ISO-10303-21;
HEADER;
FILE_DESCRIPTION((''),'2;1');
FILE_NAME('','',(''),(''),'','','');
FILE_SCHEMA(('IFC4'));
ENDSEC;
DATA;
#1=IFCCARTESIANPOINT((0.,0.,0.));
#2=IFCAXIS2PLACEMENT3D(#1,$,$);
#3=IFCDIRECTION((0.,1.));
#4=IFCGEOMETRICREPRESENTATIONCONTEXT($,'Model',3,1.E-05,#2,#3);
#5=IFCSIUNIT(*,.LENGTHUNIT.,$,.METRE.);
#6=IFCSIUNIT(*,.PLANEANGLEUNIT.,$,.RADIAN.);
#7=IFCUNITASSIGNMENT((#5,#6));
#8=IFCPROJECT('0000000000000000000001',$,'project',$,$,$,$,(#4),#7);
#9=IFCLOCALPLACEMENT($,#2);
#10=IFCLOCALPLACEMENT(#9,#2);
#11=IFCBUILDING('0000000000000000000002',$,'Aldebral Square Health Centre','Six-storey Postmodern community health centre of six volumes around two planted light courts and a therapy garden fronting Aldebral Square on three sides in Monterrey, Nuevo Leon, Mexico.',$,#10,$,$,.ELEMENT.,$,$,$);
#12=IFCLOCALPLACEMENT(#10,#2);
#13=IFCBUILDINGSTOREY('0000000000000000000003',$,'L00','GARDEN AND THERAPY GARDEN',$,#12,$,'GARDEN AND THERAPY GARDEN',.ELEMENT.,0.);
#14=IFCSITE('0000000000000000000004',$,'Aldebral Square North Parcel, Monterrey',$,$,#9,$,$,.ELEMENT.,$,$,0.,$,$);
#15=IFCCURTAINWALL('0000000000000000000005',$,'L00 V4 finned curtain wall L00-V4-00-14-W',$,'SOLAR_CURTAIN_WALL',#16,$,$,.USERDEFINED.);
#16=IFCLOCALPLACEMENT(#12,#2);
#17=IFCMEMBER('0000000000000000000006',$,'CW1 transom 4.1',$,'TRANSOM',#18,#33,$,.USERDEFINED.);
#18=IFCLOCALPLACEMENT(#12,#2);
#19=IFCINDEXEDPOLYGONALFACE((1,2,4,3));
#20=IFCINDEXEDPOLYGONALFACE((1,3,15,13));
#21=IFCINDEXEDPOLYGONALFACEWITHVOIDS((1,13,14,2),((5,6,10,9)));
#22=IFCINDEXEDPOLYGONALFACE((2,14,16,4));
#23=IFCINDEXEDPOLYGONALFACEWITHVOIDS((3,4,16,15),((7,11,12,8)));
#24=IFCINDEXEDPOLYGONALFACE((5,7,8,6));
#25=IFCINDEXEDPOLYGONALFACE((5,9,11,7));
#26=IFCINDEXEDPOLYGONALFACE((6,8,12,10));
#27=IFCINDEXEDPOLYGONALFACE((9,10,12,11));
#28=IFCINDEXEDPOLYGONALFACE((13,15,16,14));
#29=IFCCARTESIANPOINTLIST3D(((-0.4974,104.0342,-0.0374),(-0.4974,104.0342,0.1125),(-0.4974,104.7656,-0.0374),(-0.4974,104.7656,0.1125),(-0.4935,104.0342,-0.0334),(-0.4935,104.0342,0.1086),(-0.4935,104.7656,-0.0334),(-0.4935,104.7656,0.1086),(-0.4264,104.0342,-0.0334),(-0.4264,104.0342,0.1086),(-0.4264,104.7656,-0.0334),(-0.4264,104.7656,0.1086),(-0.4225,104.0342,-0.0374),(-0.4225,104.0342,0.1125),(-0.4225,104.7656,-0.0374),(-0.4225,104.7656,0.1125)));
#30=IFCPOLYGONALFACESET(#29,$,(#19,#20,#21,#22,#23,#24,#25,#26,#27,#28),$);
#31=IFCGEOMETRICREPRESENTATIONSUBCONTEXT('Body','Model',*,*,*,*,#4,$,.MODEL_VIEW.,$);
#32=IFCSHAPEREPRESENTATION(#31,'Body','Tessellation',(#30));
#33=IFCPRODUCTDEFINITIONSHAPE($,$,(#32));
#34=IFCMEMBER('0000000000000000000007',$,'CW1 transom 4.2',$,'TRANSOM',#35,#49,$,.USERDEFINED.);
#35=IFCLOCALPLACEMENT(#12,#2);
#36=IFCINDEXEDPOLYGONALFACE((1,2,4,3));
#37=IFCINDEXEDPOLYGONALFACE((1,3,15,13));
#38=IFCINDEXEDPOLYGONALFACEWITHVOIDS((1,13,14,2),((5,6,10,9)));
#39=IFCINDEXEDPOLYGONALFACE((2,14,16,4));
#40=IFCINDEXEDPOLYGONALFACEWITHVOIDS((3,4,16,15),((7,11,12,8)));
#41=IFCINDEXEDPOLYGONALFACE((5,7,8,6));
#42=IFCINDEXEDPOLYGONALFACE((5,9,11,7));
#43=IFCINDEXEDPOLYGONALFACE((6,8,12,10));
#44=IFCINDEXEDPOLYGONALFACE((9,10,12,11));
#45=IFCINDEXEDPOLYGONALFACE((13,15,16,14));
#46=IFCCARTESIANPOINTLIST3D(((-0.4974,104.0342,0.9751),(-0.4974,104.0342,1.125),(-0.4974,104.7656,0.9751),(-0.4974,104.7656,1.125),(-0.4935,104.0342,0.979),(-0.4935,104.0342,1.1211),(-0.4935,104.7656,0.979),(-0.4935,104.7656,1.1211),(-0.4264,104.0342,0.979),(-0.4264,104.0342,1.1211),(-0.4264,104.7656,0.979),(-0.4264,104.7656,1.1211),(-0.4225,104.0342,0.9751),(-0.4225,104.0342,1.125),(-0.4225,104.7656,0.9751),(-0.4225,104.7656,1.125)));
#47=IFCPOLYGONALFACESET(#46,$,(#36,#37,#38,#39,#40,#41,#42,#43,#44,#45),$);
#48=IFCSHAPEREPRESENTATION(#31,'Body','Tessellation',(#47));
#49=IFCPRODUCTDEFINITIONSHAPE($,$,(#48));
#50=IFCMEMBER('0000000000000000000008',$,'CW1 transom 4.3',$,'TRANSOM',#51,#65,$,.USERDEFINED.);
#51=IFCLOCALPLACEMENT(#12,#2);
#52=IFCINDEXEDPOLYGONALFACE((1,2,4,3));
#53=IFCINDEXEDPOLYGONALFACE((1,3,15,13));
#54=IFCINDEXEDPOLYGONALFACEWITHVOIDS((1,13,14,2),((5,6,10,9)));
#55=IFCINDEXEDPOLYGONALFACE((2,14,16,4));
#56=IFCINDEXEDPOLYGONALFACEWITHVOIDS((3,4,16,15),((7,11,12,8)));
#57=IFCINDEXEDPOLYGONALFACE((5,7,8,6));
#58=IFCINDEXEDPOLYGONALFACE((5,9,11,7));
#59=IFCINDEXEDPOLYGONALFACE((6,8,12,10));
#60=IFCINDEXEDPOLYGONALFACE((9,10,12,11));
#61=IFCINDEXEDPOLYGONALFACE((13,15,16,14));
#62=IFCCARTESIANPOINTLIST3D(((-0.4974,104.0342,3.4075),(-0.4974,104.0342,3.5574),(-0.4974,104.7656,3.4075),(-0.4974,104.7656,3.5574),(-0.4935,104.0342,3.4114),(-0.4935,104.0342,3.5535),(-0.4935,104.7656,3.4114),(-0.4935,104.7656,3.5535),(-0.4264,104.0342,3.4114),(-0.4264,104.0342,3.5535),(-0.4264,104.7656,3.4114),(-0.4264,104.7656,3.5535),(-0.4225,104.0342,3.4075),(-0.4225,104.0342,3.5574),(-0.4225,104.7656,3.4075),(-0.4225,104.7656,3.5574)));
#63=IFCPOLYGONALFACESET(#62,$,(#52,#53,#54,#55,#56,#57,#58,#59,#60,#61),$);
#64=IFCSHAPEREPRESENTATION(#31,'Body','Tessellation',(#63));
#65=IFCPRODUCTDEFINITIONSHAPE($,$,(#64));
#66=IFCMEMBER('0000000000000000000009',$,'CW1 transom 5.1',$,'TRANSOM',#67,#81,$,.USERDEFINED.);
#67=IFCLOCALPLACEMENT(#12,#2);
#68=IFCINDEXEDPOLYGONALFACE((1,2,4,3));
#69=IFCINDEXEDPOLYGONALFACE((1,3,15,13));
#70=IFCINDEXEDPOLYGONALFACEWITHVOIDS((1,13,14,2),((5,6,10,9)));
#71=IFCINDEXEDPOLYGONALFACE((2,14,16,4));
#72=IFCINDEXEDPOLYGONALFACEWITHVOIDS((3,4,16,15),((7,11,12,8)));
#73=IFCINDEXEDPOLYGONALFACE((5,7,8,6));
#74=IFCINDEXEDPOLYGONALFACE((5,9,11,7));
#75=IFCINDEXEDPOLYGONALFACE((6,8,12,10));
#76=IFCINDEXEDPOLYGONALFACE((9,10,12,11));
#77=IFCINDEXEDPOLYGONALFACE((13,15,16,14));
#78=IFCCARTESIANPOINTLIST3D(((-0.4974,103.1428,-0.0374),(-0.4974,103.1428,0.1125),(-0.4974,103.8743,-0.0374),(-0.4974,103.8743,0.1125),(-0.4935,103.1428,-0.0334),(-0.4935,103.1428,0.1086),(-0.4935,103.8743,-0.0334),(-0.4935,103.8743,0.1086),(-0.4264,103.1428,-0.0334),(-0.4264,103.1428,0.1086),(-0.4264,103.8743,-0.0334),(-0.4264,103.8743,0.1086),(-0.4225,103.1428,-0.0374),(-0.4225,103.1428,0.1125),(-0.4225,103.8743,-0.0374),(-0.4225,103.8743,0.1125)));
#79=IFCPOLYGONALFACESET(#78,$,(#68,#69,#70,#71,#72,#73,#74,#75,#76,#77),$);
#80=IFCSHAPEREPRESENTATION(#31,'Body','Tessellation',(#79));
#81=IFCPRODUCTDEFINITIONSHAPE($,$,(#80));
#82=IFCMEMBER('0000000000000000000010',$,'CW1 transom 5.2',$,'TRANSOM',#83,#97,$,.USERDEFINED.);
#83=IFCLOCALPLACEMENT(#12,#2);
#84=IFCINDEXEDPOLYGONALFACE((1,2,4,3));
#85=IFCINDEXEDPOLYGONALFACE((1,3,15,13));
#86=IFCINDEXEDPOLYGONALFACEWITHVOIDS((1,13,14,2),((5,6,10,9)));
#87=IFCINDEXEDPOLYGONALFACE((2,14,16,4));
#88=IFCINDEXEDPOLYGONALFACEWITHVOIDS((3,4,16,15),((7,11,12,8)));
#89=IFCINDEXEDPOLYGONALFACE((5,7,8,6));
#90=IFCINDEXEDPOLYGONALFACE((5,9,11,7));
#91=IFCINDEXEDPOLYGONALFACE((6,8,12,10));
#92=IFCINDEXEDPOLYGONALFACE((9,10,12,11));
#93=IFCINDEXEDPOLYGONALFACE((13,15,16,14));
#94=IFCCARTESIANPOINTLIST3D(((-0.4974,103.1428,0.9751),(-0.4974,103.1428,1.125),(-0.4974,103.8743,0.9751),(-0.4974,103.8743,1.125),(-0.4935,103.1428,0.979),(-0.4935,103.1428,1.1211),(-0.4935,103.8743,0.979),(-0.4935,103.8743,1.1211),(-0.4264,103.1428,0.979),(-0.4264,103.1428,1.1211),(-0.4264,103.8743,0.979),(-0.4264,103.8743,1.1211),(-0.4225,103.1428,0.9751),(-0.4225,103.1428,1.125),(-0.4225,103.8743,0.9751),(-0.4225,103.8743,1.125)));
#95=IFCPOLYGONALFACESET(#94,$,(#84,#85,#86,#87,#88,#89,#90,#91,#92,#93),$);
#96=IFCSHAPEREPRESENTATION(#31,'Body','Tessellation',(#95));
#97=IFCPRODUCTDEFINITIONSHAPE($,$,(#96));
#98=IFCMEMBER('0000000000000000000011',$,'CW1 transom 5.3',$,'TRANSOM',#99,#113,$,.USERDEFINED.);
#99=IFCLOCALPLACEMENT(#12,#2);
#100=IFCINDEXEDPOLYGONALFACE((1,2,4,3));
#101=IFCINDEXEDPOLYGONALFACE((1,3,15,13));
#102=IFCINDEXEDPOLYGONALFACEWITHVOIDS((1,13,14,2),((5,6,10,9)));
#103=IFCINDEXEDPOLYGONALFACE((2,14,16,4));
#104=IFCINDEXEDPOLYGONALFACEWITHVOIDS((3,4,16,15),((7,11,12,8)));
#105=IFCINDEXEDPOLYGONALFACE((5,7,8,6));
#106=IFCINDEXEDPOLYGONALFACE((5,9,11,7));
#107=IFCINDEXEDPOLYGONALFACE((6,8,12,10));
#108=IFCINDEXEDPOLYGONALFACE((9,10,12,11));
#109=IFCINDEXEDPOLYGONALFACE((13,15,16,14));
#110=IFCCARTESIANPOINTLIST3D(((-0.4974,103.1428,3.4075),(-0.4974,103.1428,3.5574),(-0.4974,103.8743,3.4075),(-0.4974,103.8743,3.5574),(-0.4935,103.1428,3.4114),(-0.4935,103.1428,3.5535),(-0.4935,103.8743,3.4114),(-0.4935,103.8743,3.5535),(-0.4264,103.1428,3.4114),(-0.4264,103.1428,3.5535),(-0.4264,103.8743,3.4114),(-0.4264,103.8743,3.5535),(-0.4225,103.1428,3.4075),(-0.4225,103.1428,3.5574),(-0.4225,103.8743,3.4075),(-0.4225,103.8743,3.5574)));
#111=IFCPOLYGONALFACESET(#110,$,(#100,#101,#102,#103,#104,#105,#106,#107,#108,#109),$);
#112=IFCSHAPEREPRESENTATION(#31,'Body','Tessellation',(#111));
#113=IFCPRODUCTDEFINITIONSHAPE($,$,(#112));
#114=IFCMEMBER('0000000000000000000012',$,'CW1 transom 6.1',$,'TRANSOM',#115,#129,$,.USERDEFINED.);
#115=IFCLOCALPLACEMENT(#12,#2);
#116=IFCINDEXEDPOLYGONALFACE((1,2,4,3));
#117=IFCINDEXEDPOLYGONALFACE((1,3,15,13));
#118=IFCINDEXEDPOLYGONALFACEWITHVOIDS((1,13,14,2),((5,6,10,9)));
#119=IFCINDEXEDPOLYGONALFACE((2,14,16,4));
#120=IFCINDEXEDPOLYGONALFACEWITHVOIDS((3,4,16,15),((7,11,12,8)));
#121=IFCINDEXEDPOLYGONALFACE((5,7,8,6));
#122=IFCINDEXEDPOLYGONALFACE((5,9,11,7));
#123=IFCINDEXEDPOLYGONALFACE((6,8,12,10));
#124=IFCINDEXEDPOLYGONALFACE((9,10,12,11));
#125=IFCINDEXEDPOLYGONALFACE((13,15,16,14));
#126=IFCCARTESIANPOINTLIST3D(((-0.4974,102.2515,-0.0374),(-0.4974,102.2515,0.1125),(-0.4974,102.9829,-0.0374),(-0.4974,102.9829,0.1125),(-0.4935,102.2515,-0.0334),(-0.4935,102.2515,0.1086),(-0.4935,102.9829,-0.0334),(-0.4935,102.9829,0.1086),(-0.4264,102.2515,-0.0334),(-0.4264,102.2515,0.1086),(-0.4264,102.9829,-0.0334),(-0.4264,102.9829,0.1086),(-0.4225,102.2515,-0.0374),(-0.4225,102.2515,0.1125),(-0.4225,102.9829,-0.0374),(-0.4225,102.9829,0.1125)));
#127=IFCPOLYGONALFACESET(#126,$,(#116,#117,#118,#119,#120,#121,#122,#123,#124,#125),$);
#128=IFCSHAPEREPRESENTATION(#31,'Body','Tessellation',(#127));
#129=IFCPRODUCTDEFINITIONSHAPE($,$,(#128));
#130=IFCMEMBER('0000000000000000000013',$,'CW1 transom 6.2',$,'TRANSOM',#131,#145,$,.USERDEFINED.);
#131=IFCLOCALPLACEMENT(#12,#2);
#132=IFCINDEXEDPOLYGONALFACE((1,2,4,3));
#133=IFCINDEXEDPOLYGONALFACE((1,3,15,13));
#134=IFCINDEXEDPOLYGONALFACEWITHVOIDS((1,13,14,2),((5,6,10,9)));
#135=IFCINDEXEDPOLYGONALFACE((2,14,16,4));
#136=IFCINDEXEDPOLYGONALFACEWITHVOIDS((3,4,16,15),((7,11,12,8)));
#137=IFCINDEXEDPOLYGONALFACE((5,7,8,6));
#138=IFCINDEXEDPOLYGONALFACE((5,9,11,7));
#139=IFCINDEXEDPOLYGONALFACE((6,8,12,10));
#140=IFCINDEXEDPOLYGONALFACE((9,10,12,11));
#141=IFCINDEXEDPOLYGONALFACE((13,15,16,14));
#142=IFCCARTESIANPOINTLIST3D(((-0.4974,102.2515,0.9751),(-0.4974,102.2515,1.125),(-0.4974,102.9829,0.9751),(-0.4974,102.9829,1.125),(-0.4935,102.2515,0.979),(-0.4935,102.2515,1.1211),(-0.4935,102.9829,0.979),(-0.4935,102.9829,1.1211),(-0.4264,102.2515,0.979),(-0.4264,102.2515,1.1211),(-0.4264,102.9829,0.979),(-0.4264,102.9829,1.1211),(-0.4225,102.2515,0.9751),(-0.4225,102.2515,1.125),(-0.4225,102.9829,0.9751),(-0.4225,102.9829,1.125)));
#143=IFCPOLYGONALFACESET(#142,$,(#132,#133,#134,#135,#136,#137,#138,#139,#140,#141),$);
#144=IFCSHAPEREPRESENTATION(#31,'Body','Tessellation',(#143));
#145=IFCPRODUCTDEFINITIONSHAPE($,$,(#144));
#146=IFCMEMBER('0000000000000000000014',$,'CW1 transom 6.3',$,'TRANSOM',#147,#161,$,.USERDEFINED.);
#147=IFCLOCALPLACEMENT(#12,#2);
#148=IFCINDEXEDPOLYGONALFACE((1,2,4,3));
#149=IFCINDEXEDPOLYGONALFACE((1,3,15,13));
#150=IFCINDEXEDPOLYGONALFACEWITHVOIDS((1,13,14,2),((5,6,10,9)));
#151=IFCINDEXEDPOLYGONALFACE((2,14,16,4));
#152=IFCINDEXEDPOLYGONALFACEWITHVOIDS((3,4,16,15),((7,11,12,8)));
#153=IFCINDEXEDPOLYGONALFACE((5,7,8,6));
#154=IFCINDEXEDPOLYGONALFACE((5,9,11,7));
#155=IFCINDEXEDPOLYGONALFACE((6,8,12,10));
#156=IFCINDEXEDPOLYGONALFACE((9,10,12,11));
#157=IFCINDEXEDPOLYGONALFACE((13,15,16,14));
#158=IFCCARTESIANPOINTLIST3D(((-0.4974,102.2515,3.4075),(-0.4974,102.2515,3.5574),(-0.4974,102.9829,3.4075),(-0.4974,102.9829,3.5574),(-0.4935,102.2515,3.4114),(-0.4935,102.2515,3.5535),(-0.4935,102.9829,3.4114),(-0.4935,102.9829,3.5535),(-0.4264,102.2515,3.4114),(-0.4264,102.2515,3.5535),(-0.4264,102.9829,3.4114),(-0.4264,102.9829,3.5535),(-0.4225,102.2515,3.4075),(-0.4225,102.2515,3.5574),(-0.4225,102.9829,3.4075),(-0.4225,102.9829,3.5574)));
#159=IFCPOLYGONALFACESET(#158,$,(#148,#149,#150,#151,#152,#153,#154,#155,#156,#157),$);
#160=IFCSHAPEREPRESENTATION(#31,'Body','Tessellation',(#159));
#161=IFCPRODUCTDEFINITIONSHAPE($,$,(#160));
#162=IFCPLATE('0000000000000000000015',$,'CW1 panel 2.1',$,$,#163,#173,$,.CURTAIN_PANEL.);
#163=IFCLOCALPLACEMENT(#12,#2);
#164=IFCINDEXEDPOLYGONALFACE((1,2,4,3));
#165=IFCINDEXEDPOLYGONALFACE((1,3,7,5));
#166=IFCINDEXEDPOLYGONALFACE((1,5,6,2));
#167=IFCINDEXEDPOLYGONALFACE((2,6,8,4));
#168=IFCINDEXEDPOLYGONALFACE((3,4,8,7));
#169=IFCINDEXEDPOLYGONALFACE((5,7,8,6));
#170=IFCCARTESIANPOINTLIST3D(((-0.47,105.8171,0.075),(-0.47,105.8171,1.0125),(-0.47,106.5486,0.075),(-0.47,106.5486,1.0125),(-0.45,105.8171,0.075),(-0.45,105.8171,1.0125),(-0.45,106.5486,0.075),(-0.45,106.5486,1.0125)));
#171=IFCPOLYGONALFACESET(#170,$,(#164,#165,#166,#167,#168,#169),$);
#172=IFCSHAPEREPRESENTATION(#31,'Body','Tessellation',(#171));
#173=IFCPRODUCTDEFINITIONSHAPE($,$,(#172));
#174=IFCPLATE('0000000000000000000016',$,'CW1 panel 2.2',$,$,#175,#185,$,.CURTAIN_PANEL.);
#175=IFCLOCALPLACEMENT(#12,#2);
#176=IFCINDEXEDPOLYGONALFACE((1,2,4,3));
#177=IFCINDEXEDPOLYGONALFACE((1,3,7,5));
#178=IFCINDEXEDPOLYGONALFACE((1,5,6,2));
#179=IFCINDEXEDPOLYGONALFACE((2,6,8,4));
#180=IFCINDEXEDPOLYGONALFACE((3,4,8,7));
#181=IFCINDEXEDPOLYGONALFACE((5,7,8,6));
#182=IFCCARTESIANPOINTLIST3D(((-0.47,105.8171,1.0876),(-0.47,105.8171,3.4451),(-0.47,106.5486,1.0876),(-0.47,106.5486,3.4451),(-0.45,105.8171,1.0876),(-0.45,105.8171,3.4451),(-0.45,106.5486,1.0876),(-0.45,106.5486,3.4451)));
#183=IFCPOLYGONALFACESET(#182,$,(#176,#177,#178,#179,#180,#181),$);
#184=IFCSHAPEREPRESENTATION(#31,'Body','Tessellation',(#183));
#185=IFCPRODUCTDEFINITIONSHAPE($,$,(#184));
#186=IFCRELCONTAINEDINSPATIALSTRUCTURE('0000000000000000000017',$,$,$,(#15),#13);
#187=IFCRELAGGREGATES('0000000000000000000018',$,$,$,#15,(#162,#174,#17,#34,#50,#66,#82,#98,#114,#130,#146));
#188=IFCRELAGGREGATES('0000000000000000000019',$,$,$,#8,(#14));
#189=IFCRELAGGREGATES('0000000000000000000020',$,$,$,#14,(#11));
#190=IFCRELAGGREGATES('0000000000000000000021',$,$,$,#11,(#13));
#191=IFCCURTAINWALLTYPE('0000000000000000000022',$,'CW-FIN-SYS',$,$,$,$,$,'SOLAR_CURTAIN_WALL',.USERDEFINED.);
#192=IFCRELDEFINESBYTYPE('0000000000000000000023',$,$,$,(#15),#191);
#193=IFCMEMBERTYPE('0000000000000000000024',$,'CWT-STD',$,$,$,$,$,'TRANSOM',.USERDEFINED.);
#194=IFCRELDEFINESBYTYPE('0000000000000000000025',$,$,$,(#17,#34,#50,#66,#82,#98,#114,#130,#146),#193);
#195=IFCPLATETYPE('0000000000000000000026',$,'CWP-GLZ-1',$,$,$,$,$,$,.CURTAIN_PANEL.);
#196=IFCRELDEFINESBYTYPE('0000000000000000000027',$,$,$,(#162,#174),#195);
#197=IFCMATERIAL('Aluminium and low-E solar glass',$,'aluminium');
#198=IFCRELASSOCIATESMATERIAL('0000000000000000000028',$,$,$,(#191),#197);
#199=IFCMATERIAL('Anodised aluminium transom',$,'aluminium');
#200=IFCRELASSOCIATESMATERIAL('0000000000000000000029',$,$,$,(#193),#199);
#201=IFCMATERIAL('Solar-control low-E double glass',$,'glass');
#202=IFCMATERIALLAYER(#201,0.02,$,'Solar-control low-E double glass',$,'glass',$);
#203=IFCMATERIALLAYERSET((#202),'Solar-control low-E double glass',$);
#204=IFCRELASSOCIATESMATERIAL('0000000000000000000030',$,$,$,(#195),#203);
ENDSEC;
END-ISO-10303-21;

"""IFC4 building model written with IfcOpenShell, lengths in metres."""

from ifc_helpers import new_model, si_unit, direction, frame, origin, origin_2d, place, context, subcontext, project, spatial, rectangle, hollow_rectangle, extrude, material, layer, layer_set, material_profile, profile_set, type_object, element, aggregate, save


model = new_model("IFC4")

# Units and contexts
model_context = context("Model", 3, precision=1e-05, world=origin(), true_north=direction((0.0, 1.0)))
body_context = subcontext(model_context, "Body", "Model", "MODEL_VIEW")
ifc_project = project(units=[si_unit("LENGTHUNIT", "METRE"), si_unit("PLANEANGLEUNIT", "RADIAN")], contexts=[model_context])

# Site, building, storey
site_placement = place(None, origin())
site = spatial("IfcSite", under=ifc_project, at=site_placement, Name="Aldebral Square North Parcel, Monterrey", CompositionType="ELEMENT", RefElevation=0.0)
building_placement = place(site_placement, origin())
building = spatial("IfcBuilding", under=site, at=building_placement, Name="Aldebral Square Health Centre", Description="Six-storey Postmodern community health centre of six volumes around two planted light courts and a therapy garden fronting Aldebral Square on three sides in Monterrey, Nuevo Leon, Mexico.", CompositionType="ELEMENT")
storey_placement = place(building_placement, origin())
storey = spatial("IfcBuildingStorey", under=building, at=storey_placement, Name="L00", Description="GARDEN AND THERAPY GARDEN", LongName="GARDEN AND THERAPY GARDEN", CompositionType="ELEMENT", Elevation=0.0)

# Curtain wall, members, plates
ifc_material_1 = material(Name="Aluminium and low-E solar glass", Category="aluminium")
curtain_wall_type = type_object("IfcCurtainWallType", Name="CW-FIN-SYS", ElementType="SOLAR_CURTAIN_WALL", PredefinedType="USERDEFINED", material=ifc_material_1)
curtain_wall_placement = place(storey_placement, origin())
curtain_wall = element("IfcCurtainWall", 1, at=curtain_wall_placement, inside=storey, type_object=curtain_wall_type, Name="L00 V4 finned curtain wall L00-V4-00-14-W", ObjectType="SOLAR_CURTAIN_WALL", PredefinedType="USERDEFINED")
ifc_material_2 = material(Name="Anodised aluminium transom", Category="aluminium")
ifc_material_profile_1 = material_profile(ifc_material_2, hollow_rectangle(XDim=0.075, YDim=0.1499, WallThickness=0.0039, at=origin_2d()), Name="CWT 75x150x4")
ifc_profile_set_1 = profile_set([ifc_material_profile_1], Name="Anodised aluminium transom")
member_type_1 = type_object("IfcMemberType", Name="CWT-STD", ElementType="TRANSOM", PredefinedType="USERDEFINED", material=ifc_profile_set_1)
member_1_placement = place(storey_placement, frame((-0.46, 104.7656, 0.0376), z_axis=(0.0, -1.0, 0.0), x_axis=(1.0, 0.0, 0.0)))
member_1 = element("IfcMember", 2, at=member_1_placement, type_object=member_type_1, Name="CW1 transom 4.1", ObjectType="TRANSOM", PredefinedType="USERDEFINED", context=body_context, shape_type="SweptSolid", body=[
    extrude(hollow_rectangle(XDim=0.075, YDim=0.1499, WallThickness=0.0039, at=origin_2d()), origin(), (0.0, 0.0, 1.0), 0.7314),
])
member_2_placement = place(storey_placement, frame((-0.46, 104.7656, 1.05), z_axis=(0.0, -1.0, 0.0), x_axis=(1.0, 0.0, 0.0)))
member_2 = element("IfcMember", 3, at=member_2_placement, type_object=member_type_1, Name="CW1 transom 4.2", ObjectType="TRANSOM", PredefinedType="USERDEFINED", context=body_context, shape_type="SweptSolid", body=[
    extrude(hollow_rectangle(XDim=0.075, YDim=0.1499, WallThickness=0.0039, at=origin_2d()), origin(), (0.0, 0.0, 1.0), 0.7314),
])
member_3_placement = place(storey_placement, frame((-0.46, 104.7656, 3.4824), z_axis=(0.0, -1.0, 0.0), x_axis=(1.0, 0.0, 0.0)))
member_3 = element("IfcMember", 4, at=member_3_placement, type_object=member_type_1, Name="CW1 transom 4.3", ObjectType="TRANSOM", PredefinedType="USERDEFINED", context=body_context, shape_type="SweptSolid", body=[
    extrude(hollow_rectangle(XDim=0.075, YDim=0.1499, WallThickness=0.0039, at=origin_2d()), origin(), (0.0, 0.0, 1.0), 0.7314),
])
member_4_placement = place(storey_placement, frame((-0.46, 103.8743, 0.0376), z_axis=(0.0, -1.0, 0.0), x_axis=(1.0, 0.0, 0.0)))
member_4 = element("IfcMember", 5, at=member_4_placement, type_object=member_type_1, Name="CW1 transom 5.1", ObjectType="TRANSOM", PredefinedType="USERDEFINED", context=body_context, shape_type="SweptSolid", body=[
    extrude(hollow_rectangle(XDim=0.075, YDim=0.1499, WallThickness=0.0039, at=origin_2d()), origin(), (0.0, 0.0, 1.0), 0.7314),
])
member_5_placement = place(storey_placement, frame((-0.46, 103.8743, 1.05), z_axis=(0.0, -1.0, 0.0), x_axis=(1.0, 0.0, 0.0)))
member_5 = element("IfcMember", 6, at=member_5_placement, type_object=member_type_1, Name="CW1 transom 5.2", ObjectType="TRANSOM", PredefinedType="USERDEFINED", context=body_context, shape_type="SweptSolid", body=[
    extrude(hollow_rectangle(XDim=0.075, YDim=0.1499, WallThickness=0.0039, at=origin_2d()), origin(), (0.0, 0.0, 1.0), 0.7314),
])
member_6_placement = place(storey_placement, frame((-0.46, 103.8743, 3.4824), z_axis=(0.0, -1.0, 0.0), x_axis=(1.0, 0.0, 0.0)))
member_6 = element("IfcMember", 7, at=member_6_placement, type_object=member_type_1, Name="CW1 transom 5.3", ObjectType="TRANSOM", PredefinedType="USERDEFINED", context=body_context, shape_type="SweptSolid", body=[
    extrude(hollow_rectangle(XDim=0.075, YDim=0.1499, WallThickness=0.0039, at=origin_2d()), origin(), (0.0, 0.0, 1.0), 0.7314),
])
member_7_placement = place(storey_placement, frame((-0.46, 102.9829, 0.0376), z_axis=(0.0, -1.0, 0.0), x_axis=(1.0, 0.0, 0.0)))
member_7 = element("IfcMember", 8, at=member_7_placement, type_object=member_type_1, Name="CW1 transom 6.1", ObjectType="TRANSOM", PredefinedType="USERDEFINED", context=body_context, shape_type="SweptSolid", body=[
    extrude(hollow_rectangle(XDim=0.075, YDim=0.1499, WallThickness=0.0039, at=origin_2d()), origin(), (0.0, 0.0, 1.0), 0.7314),
])
member_8_placement = place(storey_placement, frame((-0.46, 102.9829, 1.05), z_axis=(0.0, -1.0, 0.0), x_axis=(1.0, 0.0, 0.0)))
member_8 = element("IfcMember", 9, at=member_8_placement, type_object=member_type_1, Name="CW1 transom 6.2", ObjectType="TRANSOM", PredefinedType="USERDEFINED", context=body_context, shape_type="SweptSolid", body=[
    extrude(hollow_rectangle(XDim=0.075, YDim=0.1499, WallThickness=0.0039, at=origin_2d()), origin(), (0.0, 0.0, 1.0), 0.7314),
])
member_9_placement = place(storey_placement, frame((-0.46, 102.9829, 3.4824), z_axis=(0.0, -1.0, 0.0), x_axis=(1.0, 0.0, 0.0)))
member_9 = element("IfcMember", 10, at=member_9_placement, type_object=member_type_1, Name="CW1 transom 6.3", ObjectType="TRANSOM", PredefinedType="USERDEFINED", context=body_context, shape_type="SweptSolid", body=[
    extrude(hollow_rectangle(XDim=0.075, YDim=0.1499, WallThickness=0.0039, at=origin_2d()), origin(), (0.0, 0.0, 1.0), 0.7314),
])
ifc_material_3 = material(Name="Solar-control low-E double glass", Category="glass")
ifc_layer = layer(ifc_material_3, 0.02, Name="Solar-control low-E double glass", Category="glass")
ifc_layer_set = layer_set([ifc_layer], Name="Solar-control low-E double glass")
plate_type = type_object("IfcPlateType", Name="CWP-GLZ-1", PredefinedType="CURTAIN_PANEL", material=ifc_layer_set)
plate_1_placement = place(storey_placement, frame((-0.46, 106.1829, 0.075), z_axis=(0.0, 0.0, 1.0), x_axis=(0.0, -1.0, 0.0)))
plate_1 = element("IfcPlate", 11, at=plate_1_placement, type_object=plate_type, Name="CW1 panel 2.1", PredefinedType="CURTAIN_PANEL", context=body_context, shape_type="SweptSolid", body=[
    extrude(rectangle(XDim=0.7314, YDim=0.02, at=origin_2d()), origin(), (0.0, 0.0, 1.0), 0.9375),
])
plate_2_placement = place(storey_placement, frame((-0.46, 106.1829, 1.0876), z_axis=(0.0, 0.0, 1.0), x_axis=(0.0, -1.0, 0.0)))
plate_2 = element("IfcPlate", 12, at=plate_2_placement, type_object=plate_type, Name="CW1 panel 2.2", PredefinedType="CURTAIN_PANEL", context=body_context, shape_type="SweptSolid", body=[
    extrude(rectangle(XDim=0.7314, YDim=0.02, at=origin_2d()), origin(), (0.0, 0.0, 1.0), 2.3574),
])
aggregate(curtain_wall, [plate_1, plate_2, member_1, member_2, member_3, member_4, member_5, member_6, member_7, member_8, member_9])

save(model, "model.ifc")
